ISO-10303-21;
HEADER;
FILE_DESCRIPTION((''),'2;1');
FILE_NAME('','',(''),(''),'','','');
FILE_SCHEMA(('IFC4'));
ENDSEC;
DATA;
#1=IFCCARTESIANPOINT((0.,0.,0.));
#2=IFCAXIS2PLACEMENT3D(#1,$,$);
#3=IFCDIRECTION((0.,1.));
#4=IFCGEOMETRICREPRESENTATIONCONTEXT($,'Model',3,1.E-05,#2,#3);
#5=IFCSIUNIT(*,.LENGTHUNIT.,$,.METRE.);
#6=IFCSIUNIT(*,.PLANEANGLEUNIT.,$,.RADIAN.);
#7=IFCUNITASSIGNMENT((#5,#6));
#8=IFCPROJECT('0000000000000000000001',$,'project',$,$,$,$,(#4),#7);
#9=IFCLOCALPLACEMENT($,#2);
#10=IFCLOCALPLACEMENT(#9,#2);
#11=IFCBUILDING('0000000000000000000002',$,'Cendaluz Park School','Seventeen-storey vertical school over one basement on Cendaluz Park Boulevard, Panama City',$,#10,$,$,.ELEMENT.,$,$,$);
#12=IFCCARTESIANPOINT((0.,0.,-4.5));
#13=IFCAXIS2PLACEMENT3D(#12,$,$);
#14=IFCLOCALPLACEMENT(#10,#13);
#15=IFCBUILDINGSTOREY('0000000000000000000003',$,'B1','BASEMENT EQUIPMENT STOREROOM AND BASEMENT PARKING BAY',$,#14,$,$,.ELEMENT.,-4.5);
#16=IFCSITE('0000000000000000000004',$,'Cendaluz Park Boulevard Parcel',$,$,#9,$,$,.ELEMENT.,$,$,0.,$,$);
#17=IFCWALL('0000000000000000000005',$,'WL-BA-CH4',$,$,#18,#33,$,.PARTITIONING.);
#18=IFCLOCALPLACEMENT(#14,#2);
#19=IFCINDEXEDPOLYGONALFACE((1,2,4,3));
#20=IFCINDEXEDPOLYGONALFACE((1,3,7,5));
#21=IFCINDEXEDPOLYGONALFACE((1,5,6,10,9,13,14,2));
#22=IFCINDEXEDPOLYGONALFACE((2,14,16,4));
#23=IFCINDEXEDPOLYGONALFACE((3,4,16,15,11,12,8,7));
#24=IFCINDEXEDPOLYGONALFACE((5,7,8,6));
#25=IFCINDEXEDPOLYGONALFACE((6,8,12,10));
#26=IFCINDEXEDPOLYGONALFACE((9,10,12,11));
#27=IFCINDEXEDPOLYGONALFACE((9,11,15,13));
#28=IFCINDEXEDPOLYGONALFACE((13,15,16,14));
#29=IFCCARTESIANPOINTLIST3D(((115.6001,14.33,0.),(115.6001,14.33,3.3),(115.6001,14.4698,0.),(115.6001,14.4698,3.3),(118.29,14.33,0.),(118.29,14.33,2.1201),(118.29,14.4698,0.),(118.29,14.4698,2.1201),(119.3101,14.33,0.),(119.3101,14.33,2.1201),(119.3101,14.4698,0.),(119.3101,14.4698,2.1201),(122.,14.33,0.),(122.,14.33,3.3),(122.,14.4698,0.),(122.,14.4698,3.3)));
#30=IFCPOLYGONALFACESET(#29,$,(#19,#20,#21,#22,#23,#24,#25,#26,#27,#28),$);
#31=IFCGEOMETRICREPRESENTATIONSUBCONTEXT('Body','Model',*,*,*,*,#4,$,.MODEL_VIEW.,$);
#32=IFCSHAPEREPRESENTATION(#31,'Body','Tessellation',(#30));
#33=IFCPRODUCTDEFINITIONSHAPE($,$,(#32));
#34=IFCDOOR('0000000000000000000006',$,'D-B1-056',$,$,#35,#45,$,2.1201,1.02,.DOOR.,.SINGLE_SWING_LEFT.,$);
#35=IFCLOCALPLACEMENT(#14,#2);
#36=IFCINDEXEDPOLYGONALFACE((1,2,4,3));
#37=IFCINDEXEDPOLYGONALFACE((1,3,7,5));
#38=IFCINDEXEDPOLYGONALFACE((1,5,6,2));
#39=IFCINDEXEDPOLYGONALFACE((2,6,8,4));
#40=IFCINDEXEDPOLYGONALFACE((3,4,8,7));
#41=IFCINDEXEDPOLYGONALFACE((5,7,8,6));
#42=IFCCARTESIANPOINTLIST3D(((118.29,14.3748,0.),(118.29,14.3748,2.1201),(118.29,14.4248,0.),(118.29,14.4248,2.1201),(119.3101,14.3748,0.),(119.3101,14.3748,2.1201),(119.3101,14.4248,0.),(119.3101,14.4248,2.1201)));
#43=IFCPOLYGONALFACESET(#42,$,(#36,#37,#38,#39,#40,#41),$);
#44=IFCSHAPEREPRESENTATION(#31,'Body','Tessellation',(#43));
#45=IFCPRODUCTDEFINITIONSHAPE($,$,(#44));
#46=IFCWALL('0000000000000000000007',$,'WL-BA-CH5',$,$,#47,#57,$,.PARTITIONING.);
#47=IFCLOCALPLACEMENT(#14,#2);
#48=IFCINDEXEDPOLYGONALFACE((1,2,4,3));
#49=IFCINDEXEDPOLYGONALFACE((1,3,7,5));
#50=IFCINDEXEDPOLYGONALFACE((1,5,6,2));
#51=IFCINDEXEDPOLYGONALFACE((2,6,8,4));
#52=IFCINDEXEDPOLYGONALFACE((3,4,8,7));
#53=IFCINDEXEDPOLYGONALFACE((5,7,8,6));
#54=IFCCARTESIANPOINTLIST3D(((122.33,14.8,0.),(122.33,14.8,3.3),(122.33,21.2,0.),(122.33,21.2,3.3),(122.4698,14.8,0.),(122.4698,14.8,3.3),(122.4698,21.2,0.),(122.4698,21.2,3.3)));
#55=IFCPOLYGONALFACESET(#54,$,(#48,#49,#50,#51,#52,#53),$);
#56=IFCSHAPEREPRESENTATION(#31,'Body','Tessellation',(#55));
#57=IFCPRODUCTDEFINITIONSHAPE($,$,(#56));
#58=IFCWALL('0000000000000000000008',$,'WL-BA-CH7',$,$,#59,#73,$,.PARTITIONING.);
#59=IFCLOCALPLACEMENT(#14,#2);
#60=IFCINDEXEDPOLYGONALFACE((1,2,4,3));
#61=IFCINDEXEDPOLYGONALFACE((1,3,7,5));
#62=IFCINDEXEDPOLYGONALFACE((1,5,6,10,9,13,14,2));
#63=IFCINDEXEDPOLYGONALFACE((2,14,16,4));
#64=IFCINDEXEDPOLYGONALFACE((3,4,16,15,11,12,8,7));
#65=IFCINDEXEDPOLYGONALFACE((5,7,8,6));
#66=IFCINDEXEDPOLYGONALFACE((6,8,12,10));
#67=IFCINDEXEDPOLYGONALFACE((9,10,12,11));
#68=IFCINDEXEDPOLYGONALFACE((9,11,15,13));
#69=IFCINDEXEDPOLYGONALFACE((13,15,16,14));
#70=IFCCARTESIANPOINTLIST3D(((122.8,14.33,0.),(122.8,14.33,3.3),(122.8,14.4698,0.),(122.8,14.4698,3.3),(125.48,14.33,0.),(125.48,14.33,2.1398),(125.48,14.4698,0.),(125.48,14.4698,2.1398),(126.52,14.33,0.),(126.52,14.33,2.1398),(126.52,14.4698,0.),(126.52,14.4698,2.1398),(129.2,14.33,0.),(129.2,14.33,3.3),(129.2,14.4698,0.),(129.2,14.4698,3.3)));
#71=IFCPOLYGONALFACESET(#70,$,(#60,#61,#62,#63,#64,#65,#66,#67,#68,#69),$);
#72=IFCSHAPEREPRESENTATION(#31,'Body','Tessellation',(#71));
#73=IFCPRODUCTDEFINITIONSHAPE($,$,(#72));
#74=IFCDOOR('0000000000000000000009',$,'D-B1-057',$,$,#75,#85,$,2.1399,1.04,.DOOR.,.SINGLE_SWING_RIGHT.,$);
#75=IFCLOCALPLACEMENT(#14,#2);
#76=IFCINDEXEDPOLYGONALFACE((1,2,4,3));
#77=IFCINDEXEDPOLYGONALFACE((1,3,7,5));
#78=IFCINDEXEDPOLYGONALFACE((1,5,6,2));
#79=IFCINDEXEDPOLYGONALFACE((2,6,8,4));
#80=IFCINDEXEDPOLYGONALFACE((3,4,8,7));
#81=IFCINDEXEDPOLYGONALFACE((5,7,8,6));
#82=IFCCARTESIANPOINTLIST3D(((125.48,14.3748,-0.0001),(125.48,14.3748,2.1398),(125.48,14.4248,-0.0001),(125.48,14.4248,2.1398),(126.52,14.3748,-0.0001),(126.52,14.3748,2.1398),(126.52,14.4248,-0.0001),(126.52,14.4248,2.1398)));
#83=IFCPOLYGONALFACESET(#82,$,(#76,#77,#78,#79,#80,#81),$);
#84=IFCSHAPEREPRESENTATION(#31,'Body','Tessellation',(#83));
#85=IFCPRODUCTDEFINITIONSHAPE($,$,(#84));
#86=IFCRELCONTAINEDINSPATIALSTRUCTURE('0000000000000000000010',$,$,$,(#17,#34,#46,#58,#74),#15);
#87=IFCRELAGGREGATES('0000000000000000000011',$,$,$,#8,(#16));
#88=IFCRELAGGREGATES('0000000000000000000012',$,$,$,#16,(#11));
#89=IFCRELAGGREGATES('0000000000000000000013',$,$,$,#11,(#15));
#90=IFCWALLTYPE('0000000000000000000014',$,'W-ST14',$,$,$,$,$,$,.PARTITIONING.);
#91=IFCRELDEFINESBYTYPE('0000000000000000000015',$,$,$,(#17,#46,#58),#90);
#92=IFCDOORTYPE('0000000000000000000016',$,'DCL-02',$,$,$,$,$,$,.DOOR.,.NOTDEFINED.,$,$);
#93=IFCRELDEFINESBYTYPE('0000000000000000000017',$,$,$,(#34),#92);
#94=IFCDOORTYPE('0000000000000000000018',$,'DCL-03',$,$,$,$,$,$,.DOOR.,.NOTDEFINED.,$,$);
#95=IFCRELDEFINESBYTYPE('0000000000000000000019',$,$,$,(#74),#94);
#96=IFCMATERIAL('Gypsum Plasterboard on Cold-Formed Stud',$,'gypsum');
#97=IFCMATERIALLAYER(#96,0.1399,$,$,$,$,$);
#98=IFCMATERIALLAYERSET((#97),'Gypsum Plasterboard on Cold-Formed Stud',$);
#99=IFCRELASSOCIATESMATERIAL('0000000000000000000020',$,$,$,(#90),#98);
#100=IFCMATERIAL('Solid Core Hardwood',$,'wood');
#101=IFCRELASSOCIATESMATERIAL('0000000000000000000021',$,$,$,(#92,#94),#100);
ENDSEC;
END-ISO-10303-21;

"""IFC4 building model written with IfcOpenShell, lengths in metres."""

from ifc_helpers import new_model, si_unit, direction, frame, frame_2d, origin, place, context, subcontext, project, spatial, rectangle, extrude, material, layer, layer_set, type_object, element, fill, save


model = new_model("IFC4")

# Units and contexts
model_context = context("Model", 3, precision=1e-05, world=origin(), true_north=direction((0.0, 1.0)))
body_context = subcontext(model_context, "Body", "Model", "MODEL_VIEW")
ifc_project = project(units=[si_unit("LENGTHUNIT", "METRE"), si_unit("PLANEANGLEUNIT", "RADIAN")], contexts=[model_context])

# Site, building, storey
site_placement = place(None, origin())
site = spatial("IfcSite", under=ifc_project, at=site_placement, Name="Cendaluz Park Boulevard Parcel", CompositionType="ELEMENT", RefElevation=0.0)
building_placement = place(site_placement, origin())
building = spatial("IfcBuilding", under=site, at=building_placement, Name="Cendaluz Park School", Description="Seventeen-storey vertical school over one basement on Cendaluz Park Boulevard, Panama City", CompositionType="ELEMENT")
storey_placement = place(building_placement, frame((0.0, 0.0, -4.5)))
storey = spatial("IfcBuildingStorey", under=building, at=storey_placement, Name="B1", Description="BASEMENT EQUIPMENT STOREROOM AND BASEMENT PARKING BAY", CompositionType="ELEMENT", Elevation=-4.5)

# Shared definitions
ifc_material_1 = material(Name="Gypsum Plasterboard on Cold-Formed Stud", Category="gypsum")
ifc_layer = layer(ifc_material_1, 0.1399)
ifc_layer_set = layer_set([ifc_layer], Name="Gypsum Plasterboard on Cold-Formed Stud")
wall_type = type_object("IfcWallType", Name="W-ST14", PredefinedType="PARTITIONING", material=ifc_layer_set)

# Wall, opening, door
wall_1_placement = place(storey_placement, frame((115.6001, 14.3999, 0.0), z_axis=(0.0, 0.0, 1.0), x_axis=(1.0, 0.0, 0.0)))
wall_1 = element("IfcWall", 1, at=wall_1_placement, inside=storey, type_object=wall_type, Name="WL-BA-CH4", PredefinedType="PARTITIONING", context=body_context, shape_type="SweptSolid", body=[
    extrude(rectangle(XDim=6.3999, YDim=0.1399, at=frame_2d((3.2, 0.0))), origin(), (0.0, 0.0, 1.0), 3.3),
])
opening_1_placement = place(wall_1_placement, frame((2.6899, 0.0, 0.0)))
opening_1 = element("IfcOpeningElement", 2, at=opening_1_placement, cuts=wall_1, PredefinedType="OPENING", context=body_context, shape_type="SweptSolid", body=[
    extrude(rectangle(XDim=1.02, YDim=2.1201, at=frame_2d((0.51, 1.0601))), frame((0.0, 0.082, 0.0), z_axis=(0.0, -1.0, 0.0), x_axis=(1.0, 0.0, 0.0)), (0.0, 0.0, 1.0), 0.1638),
])
ifc_material_2 = material(Name="Solid Core Hardwood", Category="wood")
door_type_1 = type_object("IfcDoorType", Name="DCL-02", OperationType="NOTDEFINED", PredefinedType="DOOR", material=ifc_material_2)
door_1_placement = place(opening_1_placement, origin())
door_1 = element("IfcDoor", 3, at=door_1_placement, inside=storey, type_object=door_type_1, Name="D-B1-056", OperationType="SINGLE_SWING_LEFT", OverallHeight=2.1201, OverallWidth=1.02, PredefinedType="DOOR", context=body_context, shape_type="SweptSolid", body=[
    extrude(rectangle(XDim=1.02, YDim=2.1201, at=frame_2d((0.51, 1.0601))), frame((0.0, 0.0249, 0.0), z_axis=(0.0, -1.0, 0.0), x_axis=(1.0, 0.0, 0.0)), (0.0, 0.0, 1.0), 0.05),
])
fill(opening_1, door_1)

# Wall
wall_2_placement = place(storey_placement, frame((122.3999, 14.8, 0.0), z_axis=(0.0, 0.0, 1.0), x_axis=(0.0, 1.0, 0.0)))
element("IfcWall", 4, at=wall_2_placement, inside=storey, type_object=wall_type, Name="WL-BA-CH5", PredefinedType="PARTITIONING", context=body_context, shape_type="SweptSolid", body=[
    extrude(rectangle(XDim=6.3999, YDim=0.1399, at=frame_2d((3.2, 0.0))), origin(), (0.0, 0.0, 1.0), 3.3),
])

# Wall, opening, door
wall_3_placement = place(storey_placement, frame((122.8, 14.3999, 0.0), z_axis=(0.0, 0.0, 1.0), x_axis=(1.0, 0.0, 0.0)))
wall_3 = element("IfcWall", 5, at=wall_3_placement, inside=storey, type_object=wall_type, Name="WL-BA-CH7", PredefinedType="PARTITIONING", context=body_context, shape_type="SweptSolid", body=[
    extrude(rectangle(XDim=6.3999, YDim=0.1399, at=frame_2d((3.2, 0.0))), origin(), (0.0, 0.0, 1.0), 3.3),
])
opening_2_placement = place(wall_3_placement, frame((2.6799, 0.0, 0.0)))
opening_2 = element("IfcOpeningElement", 6, at=opening_2_placement, cuts=wall_3, PredefinedType="OPENING", context=body_context, shape_type="SweptSolid", body=[
    extrude(rectangle(XDim=1.04, YDim=2.1399, at=frame_2d((0.52, 1.0698))), frame((0.0, 0.082, 0.0), z_axis=(0.0, -1.0, 0.0), x_axis=(1.0, 0.0, 0.0)), (0.0, 0.0, 1.0), 0.1638),
])
door_type_2 = type_object("IfcDoorType", Name="DCL-03", OperationType="NOTDEFINED", PredefinedType="DOOR", material=ifc_material_2)
door_2_placement = place(opening_2_placement, origin())
door_2 = element("IfcDoor", 7, at=door_2_placement, inside=storey, type_object=door_type_2, Name="D-B1-057", OperationType="SINGLE_SWING_RIGHT", OverallHeight=2.1399, OverallWidth=1.04, PredefinedType="DOOR", context=body_context, shape_type="SweptSolid", body=[
    extrude(rectangle(XDim=1.04, YDim=2.1399, at=frame_2d((0.52, 1.0698))), frame((0.0, 0.0249, 0.0), z_axis=(0.0, -1.0, 0.0), x_axis=(1.0, 0.0, 0.0)), (0.0, 0.0, 1.0), 0.05),
])
fill(opening_2, door_2)

save(model, "model.ifc")
